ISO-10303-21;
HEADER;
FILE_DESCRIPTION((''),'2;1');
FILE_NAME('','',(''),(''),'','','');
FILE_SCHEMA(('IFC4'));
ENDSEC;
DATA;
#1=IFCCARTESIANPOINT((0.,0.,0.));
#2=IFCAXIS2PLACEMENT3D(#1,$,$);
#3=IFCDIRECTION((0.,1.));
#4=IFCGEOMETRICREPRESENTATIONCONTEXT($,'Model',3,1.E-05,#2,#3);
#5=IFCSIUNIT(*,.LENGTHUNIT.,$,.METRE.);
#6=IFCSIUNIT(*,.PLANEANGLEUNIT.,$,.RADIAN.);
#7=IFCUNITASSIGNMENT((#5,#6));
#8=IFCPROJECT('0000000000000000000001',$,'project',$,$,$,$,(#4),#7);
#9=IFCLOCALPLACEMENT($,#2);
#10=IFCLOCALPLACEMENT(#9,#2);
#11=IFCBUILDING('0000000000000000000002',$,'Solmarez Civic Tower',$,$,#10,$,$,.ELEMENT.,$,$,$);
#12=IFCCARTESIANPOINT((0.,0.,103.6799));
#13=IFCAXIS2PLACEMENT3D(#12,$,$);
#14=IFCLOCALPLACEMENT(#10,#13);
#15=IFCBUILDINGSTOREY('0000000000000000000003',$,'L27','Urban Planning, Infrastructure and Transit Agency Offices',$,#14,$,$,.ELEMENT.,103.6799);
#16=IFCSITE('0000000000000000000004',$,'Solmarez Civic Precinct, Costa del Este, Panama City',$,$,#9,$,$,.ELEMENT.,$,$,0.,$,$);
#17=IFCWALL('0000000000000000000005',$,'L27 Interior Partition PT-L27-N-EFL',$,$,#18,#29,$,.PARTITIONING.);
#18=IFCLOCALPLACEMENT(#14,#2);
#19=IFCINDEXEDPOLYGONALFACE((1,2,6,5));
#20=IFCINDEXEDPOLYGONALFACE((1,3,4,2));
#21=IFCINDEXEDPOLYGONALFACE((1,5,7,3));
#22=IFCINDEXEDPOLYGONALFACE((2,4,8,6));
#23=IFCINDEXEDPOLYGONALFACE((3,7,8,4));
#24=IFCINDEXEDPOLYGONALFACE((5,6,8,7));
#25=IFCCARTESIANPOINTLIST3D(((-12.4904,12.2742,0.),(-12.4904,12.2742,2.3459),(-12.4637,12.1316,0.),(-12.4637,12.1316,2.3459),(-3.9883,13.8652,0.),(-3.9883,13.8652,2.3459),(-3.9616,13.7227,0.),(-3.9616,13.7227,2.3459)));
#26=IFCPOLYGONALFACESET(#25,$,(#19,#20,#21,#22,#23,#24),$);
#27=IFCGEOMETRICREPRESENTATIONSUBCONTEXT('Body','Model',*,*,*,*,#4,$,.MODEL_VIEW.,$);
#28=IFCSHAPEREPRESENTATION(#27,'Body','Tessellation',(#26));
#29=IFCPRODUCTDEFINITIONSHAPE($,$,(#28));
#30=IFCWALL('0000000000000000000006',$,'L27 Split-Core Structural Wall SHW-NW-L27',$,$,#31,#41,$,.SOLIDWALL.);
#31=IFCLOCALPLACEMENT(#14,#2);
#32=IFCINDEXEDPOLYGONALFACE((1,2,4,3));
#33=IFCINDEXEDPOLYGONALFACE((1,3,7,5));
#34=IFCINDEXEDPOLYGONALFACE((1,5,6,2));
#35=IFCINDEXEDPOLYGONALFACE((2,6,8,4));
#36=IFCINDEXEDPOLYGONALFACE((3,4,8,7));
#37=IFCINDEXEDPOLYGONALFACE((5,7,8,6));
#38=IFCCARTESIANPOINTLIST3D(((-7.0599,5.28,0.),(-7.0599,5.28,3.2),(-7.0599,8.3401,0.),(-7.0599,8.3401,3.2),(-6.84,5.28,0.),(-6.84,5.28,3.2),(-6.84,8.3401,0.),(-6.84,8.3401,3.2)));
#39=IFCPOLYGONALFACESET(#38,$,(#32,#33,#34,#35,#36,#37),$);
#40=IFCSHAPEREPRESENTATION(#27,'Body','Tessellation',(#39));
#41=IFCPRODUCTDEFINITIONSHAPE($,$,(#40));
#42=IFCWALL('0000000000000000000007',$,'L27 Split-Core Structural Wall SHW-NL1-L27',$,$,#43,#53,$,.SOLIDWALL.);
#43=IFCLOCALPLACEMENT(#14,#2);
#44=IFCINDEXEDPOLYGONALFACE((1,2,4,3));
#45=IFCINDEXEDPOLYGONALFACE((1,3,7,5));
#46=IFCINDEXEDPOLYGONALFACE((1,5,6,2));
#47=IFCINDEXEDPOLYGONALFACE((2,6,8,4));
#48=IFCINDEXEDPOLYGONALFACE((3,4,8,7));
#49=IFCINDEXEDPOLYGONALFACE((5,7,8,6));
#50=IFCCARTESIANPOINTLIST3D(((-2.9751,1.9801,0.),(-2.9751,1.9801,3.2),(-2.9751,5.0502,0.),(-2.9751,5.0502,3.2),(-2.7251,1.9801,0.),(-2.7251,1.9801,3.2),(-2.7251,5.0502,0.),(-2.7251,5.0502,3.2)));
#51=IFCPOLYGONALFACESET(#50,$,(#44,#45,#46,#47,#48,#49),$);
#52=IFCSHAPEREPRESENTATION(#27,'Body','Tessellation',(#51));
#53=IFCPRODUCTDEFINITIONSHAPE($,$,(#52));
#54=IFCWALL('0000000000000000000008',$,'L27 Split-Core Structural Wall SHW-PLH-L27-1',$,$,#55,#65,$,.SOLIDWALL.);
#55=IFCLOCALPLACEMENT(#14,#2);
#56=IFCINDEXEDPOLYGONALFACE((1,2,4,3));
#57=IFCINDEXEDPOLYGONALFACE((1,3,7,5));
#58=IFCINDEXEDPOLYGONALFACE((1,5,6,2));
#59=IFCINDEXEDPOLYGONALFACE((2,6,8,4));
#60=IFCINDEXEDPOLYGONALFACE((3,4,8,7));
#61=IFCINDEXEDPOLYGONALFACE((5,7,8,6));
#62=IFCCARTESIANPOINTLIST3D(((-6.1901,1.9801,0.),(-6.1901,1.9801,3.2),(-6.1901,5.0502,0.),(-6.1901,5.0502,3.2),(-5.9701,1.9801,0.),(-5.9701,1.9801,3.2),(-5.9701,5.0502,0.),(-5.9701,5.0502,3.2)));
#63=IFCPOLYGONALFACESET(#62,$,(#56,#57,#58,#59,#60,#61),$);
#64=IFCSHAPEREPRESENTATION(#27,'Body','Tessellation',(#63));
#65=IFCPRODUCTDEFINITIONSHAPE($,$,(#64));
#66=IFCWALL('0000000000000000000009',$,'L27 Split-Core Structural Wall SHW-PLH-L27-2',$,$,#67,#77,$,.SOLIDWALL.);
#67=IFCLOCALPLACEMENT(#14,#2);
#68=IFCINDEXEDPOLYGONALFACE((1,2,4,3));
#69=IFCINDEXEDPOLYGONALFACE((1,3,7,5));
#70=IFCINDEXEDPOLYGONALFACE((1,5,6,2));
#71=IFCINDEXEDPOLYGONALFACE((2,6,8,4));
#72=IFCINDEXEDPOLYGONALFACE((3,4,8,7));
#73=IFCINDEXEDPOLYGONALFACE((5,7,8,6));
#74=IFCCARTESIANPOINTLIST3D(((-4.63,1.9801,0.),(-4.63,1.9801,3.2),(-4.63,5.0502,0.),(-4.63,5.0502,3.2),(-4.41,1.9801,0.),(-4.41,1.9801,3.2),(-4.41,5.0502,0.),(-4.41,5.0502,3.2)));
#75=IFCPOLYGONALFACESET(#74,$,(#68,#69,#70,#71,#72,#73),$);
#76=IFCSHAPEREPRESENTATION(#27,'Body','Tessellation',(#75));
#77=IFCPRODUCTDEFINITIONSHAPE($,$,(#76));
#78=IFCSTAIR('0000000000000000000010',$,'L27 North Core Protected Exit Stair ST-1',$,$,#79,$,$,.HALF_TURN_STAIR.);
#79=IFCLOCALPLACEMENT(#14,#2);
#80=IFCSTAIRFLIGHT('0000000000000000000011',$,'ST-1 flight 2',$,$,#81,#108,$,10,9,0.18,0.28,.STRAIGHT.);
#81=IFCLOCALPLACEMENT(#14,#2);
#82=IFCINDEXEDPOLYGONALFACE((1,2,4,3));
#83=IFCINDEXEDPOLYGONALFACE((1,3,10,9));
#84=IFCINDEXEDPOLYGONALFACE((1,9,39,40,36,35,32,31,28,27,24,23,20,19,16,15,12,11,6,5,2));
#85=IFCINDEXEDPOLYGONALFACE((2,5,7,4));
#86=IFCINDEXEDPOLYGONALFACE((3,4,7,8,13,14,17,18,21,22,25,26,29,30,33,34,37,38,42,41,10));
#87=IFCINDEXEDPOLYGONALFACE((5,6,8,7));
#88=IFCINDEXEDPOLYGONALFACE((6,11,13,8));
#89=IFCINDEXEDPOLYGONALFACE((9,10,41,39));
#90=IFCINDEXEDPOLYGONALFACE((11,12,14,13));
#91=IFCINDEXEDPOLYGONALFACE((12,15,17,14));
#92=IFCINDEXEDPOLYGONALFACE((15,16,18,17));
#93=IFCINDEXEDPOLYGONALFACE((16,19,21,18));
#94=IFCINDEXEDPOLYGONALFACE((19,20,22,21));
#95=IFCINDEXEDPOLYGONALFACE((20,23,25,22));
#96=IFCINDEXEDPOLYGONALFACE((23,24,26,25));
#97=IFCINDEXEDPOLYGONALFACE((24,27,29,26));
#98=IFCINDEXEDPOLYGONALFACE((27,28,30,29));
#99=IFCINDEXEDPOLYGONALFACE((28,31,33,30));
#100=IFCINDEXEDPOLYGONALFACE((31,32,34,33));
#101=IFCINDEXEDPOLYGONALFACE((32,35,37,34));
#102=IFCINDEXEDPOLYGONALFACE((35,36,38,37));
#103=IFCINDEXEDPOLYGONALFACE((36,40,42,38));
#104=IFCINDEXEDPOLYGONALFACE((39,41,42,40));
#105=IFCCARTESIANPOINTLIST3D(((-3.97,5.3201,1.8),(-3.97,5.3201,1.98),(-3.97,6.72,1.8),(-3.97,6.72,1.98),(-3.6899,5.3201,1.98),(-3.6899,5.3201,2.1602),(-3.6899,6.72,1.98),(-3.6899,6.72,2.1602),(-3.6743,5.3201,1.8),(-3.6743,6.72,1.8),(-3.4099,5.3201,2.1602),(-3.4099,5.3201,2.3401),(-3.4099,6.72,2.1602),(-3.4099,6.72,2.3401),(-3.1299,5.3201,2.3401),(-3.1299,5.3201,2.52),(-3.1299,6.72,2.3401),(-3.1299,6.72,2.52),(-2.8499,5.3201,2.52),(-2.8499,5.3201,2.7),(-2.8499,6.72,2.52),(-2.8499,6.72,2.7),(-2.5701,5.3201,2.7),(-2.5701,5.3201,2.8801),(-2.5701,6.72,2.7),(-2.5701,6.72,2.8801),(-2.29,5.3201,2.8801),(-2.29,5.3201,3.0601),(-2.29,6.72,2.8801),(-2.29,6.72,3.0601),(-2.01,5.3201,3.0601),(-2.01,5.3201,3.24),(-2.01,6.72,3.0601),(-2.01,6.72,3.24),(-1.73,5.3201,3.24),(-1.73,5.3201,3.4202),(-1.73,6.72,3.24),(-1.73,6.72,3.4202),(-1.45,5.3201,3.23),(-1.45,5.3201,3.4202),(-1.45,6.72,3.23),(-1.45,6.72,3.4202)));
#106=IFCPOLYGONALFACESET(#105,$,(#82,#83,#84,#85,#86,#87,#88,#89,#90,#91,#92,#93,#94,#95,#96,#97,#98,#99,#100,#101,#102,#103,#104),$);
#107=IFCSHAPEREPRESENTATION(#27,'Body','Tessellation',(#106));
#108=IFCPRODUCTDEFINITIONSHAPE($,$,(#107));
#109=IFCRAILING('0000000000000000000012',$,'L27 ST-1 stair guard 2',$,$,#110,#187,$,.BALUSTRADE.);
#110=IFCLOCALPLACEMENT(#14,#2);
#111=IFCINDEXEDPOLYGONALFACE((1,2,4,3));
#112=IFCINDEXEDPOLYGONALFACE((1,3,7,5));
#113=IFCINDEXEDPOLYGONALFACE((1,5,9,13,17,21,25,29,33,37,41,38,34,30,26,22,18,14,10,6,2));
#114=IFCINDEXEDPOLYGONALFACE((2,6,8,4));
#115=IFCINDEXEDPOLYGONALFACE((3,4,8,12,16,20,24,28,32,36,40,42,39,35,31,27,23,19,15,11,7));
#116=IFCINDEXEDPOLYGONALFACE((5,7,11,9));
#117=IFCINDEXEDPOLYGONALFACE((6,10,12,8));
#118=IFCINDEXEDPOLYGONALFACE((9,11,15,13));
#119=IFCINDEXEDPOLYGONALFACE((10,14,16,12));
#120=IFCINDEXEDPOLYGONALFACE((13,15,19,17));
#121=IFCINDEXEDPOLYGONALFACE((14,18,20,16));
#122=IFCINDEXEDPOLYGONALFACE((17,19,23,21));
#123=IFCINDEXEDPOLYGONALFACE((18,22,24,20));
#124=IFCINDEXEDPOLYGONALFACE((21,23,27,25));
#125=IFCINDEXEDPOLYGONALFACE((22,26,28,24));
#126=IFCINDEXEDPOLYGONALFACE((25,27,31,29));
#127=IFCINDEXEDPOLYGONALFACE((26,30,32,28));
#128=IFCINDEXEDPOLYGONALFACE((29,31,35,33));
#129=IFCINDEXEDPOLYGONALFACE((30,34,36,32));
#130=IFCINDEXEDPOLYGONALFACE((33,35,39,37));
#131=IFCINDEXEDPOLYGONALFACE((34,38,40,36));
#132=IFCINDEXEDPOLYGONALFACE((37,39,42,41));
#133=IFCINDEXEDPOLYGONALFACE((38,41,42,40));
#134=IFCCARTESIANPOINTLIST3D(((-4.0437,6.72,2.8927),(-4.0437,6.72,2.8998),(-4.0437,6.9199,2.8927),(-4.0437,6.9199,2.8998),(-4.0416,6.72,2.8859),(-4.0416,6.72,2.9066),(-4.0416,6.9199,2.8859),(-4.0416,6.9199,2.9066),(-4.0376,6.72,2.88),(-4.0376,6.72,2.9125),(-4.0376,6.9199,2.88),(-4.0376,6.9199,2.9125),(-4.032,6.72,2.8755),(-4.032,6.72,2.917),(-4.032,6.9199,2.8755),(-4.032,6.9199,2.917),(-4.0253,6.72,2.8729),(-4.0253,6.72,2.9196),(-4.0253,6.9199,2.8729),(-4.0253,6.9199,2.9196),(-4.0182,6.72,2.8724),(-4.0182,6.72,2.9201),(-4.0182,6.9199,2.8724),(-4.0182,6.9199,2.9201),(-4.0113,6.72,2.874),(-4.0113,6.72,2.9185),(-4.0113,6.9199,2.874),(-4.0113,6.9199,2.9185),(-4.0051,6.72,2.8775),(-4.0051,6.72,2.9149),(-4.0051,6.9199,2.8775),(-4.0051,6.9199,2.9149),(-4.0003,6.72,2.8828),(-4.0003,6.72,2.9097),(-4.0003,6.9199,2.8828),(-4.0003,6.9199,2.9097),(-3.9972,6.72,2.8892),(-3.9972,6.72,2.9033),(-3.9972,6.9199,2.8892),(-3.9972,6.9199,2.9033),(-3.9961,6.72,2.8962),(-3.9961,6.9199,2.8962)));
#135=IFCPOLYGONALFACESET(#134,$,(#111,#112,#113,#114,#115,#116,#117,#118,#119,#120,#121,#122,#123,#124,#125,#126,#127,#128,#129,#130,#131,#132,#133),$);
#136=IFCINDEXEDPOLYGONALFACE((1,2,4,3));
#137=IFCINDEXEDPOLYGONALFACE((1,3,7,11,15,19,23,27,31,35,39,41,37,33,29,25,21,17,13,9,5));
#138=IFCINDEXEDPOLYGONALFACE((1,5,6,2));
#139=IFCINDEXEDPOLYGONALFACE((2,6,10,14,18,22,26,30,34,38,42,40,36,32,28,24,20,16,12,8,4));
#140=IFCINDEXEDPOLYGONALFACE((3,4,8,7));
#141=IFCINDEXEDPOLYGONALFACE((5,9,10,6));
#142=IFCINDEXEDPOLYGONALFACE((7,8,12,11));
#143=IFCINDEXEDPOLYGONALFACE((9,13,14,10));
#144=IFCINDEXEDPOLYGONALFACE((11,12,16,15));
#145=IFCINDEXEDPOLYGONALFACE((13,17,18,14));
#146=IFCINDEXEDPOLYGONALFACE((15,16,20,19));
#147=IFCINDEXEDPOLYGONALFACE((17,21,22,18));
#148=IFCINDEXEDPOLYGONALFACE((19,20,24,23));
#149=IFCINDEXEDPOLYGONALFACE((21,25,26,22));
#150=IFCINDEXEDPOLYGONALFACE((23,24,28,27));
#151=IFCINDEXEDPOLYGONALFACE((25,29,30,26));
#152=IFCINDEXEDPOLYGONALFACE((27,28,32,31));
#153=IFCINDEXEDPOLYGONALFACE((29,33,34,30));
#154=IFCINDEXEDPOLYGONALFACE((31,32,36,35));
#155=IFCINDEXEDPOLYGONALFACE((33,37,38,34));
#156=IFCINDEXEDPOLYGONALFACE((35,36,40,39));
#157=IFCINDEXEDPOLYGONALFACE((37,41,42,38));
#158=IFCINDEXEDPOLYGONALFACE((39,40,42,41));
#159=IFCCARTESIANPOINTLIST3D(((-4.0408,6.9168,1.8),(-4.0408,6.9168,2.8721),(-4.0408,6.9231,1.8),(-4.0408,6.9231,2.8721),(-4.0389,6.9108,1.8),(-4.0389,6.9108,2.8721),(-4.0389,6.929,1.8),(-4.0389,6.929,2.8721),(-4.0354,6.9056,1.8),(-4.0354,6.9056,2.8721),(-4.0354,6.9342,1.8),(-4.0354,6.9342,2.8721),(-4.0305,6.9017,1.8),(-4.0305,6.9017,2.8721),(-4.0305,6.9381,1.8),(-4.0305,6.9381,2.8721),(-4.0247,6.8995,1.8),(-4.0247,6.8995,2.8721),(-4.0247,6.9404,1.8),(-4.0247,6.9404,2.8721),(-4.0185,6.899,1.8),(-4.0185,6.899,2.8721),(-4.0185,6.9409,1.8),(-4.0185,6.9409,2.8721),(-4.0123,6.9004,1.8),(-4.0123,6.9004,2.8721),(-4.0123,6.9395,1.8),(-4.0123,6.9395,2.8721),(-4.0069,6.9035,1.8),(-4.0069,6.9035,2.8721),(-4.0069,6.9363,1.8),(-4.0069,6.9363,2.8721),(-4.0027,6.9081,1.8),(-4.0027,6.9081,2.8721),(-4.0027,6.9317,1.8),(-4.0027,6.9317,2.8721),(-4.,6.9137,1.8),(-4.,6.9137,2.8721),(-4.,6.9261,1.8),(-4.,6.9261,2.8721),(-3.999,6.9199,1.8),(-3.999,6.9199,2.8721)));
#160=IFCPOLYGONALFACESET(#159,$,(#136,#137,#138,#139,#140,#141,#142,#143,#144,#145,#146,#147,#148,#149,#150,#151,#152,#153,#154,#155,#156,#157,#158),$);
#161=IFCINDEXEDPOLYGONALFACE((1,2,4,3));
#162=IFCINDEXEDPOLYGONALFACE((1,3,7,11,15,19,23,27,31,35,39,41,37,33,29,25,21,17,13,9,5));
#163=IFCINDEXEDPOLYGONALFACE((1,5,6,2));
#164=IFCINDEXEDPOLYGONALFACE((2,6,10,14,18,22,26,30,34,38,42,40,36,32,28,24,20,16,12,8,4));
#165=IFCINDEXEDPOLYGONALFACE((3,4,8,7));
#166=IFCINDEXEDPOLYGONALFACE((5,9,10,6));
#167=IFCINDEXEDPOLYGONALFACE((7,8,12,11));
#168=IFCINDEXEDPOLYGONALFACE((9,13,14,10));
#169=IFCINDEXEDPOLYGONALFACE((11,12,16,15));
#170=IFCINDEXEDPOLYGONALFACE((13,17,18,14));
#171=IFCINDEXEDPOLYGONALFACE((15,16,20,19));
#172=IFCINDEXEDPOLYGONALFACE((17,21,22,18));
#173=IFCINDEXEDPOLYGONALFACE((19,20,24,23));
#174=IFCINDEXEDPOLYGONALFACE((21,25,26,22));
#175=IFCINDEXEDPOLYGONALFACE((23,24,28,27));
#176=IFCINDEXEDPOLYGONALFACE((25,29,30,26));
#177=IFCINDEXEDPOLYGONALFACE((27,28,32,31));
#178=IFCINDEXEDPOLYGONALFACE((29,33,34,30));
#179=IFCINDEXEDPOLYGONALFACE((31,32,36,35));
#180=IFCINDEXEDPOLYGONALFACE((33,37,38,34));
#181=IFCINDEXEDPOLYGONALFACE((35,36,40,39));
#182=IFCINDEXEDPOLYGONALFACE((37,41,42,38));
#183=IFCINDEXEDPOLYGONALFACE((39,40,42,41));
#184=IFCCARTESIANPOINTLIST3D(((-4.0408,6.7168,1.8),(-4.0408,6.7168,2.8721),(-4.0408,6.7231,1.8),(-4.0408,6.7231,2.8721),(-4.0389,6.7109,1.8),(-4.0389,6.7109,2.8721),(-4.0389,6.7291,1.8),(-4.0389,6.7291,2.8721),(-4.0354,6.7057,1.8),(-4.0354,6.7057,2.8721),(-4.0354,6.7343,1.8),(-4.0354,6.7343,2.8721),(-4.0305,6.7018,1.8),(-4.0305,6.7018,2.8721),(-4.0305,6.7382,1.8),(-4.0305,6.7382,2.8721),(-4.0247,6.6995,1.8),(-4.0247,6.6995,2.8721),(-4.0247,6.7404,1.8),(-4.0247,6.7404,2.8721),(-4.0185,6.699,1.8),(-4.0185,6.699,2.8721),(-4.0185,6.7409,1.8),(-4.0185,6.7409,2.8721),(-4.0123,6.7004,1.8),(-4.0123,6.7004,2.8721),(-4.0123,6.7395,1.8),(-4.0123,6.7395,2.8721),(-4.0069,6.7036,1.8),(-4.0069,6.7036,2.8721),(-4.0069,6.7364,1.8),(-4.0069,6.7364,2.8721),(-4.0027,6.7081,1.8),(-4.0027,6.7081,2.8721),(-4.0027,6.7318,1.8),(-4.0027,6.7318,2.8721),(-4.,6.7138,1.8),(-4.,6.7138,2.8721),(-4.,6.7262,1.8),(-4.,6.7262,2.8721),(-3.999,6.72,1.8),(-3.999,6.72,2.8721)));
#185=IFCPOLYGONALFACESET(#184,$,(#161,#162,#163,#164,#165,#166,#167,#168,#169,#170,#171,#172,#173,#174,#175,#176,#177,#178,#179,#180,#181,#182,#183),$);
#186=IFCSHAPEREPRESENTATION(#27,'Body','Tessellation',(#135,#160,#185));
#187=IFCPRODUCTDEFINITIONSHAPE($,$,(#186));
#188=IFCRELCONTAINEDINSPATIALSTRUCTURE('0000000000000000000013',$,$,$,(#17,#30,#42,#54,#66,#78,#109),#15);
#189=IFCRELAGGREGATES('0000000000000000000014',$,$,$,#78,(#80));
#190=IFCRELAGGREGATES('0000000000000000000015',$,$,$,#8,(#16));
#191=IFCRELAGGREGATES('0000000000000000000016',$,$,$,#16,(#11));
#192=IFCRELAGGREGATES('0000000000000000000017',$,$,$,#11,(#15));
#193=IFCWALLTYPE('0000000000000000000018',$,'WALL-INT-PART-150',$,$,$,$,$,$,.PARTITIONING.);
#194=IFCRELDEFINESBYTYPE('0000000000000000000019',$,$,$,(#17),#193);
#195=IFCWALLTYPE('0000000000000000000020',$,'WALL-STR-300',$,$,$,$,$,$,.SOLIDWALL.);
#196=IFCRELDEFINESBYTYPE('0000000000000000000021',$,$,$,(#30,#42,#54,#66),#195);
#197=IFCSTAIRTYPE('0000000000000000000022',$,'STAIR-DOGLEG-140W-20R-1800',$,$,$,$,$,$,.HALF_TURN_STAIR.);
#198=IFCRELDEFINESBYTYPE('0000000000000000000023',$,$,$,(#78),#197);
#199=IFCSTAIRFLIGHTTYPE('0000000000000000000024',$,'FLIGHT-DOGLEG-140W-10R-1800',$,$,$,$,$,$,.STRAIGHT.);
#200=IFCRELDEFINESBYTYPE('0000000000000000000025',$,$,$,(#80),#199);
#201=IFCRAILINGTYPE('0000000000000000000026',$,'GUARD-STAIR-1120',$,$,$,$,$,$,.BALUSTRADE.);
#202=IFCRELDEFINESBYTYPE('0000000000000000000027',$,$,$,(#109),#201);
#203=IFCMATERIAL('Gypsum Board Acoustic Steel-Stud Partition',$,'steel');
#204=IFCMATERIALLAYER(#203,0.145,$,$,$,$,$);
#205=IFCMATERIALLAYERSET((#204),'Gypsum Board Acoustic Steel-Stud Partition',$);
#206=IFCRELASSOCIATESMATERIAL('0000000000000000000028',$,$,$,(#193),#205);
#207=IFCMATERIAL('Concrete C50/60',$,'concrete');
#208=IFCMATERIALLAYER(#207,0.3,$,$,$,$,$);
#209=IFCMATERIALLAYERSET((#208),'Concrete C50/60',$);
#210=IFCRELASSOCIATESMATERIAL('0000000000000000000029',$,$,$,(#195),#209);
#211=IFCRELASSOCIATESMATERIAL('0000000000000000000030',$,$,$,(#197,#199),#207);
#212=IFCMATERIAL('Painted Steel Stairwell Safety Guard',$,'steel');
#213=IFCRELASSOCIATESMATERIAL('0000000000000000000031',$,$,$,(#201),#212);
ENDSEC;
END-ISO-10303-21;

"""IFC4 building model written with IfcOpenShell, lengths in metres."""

from ifc_helpers import new_model, si_unit, direction, frame, frame_2d, origin, origin_2d, place, context, subcontext, project, spatial, polyline, rectangle, circle, outline, extrude, material, layer, layer_set, type_object, element, aggregate, save


model = new_model("IFC4")

# Units and contexts
model_context = context("Model", 3, precision=1e-05, world=origin(), true_north=direction((0.0, 1.0)))
body_context = subcontext(model_context, "Body", "Model", "MODEL_VIEW")
ifc_project = project(units=[si_unit("LENGTHUNIT", "METRE"), si_unit("PLANEANGLEUNIT", "RADIAN")], contexts=[model_context])

# Site, building, storey
site_placement = place(None, origin())
site = spatial("IfcSite", under=ifc_project, at=site_placement, Name="Solmarez Civic Precinct, Costa del Este, Panama City", CompositionType="ELEMENT", RefElevation=0.0)
building_placement = place(site_placement, origin())
building = spatial("IfcBuilding", under=site, at=building_placement, Name="Solmarez Civic Tower", CompositionType="ELEMENT")
storey_placement = place(building_placement, frame((0.0, 0.0, 103.6799)))
storey = spatial("IfcBuildingStorey", under=building, at=storey_placement, Name="L27", Description="Urban Planning, Infrastructure and Transit Agency Offices", CompositionType="ELEMENT", Elevation=103.6799)

# Walls
ifc_material_1 = material(Name="Gypsum Board Acoustic Steel-Stud Partition", Category="steel")
ifc_layer_1 = layer(ifc_material_1, 0.145)
ifc_layer_set_1 = layer_set([ifc_layer_1], Name="Gypsum Board Acoustic Steel-Stud Partition")
wall_type_1 = type_object("IfcWallType", Name="WALL-INT-PART-150", PredefinedType="PARTITIONING", material=ifc_layer_set_1)
wall_1_placement = place(storey_placement, frame((-3.9751, 13.7939, 0.0), z_axis=(0.0, 0.0, 1.0), x_axis=(-0.982936, -0.183948, 0.0)))
element("IfcWall", 1, at=wall_1_placement, inside=storey, type_object=wall_type_1, Name="L27 Interior Partition PT-L27-N-EFL", PredefinedType="PARTITIONING", context=body_context, shape_type="SweptSolid", body=[
    extrude(rectangle(XDim=8.6497, YDim=0.145, at=frame_2d((4.3247, 0.0))), origin(), (0.0, 0.0, 1.0), 2.3459),
])
ifc_material_2 = material(Name="Concrete C50/60", Category="concrete")
ifc_layer_2 = layer(ifc_material_2, 0.3)
ifc_layer_set_2 = layer_set([ifc_layer_2], Name="Concrete C50/60")
wall_type_2 = type_object("IfcWallType", Name="WALL-STR-300", PredefinedType="SOLIDWALL", material=ifc_layer_set_2)
wall_2_placement = place(storey_placement, frame((-6.95, 5.28, 0.0), z_axis=(0.0, 0.0, 1.0), x_axis=(0.0, 1.0, 0.0)))
element("IfcWall", 2, at=wall_2_placement, inside=storey, type_object=wall_type_2, Name="L27 Split-Core Structural Wall SHW-NW-L27", PredefinedType="SOLIDWALL", context=body_context, shape_type="SweptSolid", body=[
    extrude(rectangle(XDim=3.0601, YDim=0.22, at=frame_2d((1.53, 0.0))), origin(), (0.0, 0.0, 1.0), 3.2),
])
wall_3_placement = place(storey_placement, frame((-2.8501, 1.98, 0.0), z_axis=(0.0, 0.0, 1.0), x_axis=(0.0, 1.0, 0.0)))
element("IfcWall", 3, at=wall_3_placement, inside=storey, type_object=wall_type_2, Name="L27 Split-Core Structural Wall SHW-NL1-L27", PredefinedType="SOLIDWALL", context=body_context, shape_type="SweptSolid", body=[
    extrude(rectangle(XDim=3.0701, YDim=0.25, at=frame_2d((1.5352, 0.0))), origin(), (0.0, 0.0, 1.0), 3.2),
])
for number, where, z_axis, x_axis, name in (
    (4, (-6.0801, 1.98, 0.0), (0.0, 0.0, 1.0), (0.0, 1.0, 0.0), "L27 Split-Core Structural Wall SHW-PLH-L27-1"),
    (5, (-4.52, 1.98, 0.0), (0.0, 0.0, 1.0), (0.0, 1.0, 0.0), "L27 Split-Core Structural Wall SHW-PLH-L27-2"),
):
    element("IfcWall", number, at=place(storey_placement, frame(where, z_axis=z_axis, x_axis=x_axis)), inside=storey, type_object=wall_type_2, Name=name, PredefinedType="SOLIDWALL", context=body_context, shape_type="SweptSolid", body=[
        extrude(rectangle(XDim=3.0701, YDim=0.22, at=frame_2d((1.5352, 0.0))), origin(), (0.0, 0.0, 1.0), 3.2),
    ])

# Stair, stair flight
stair_type = type_object("IfcStairType", Name="STAIR-DOGLEG-140W-20R-1800", PredefinedType="HALF_TURN_STAIR", material=ifc_material_2)
stair_placement = place(storey_placement, origin())
stair = element("IfcStair", 6, at=stair_placement, inside=storey, type_object=stair_type, Name="L27 North Core Protected Exit Stair ST-1", PredefinedType="HALF_TURN_STAIR")
stair_flight_type = type_object("IfcStairFlightType", Name="FLIGHT-DOGLEG-140W-10R-1800", PredefinedType="STRAIGHT", material=ifc_material_2)
stair_flight_placement = place(storey_placement, frame((-3.97, 6.02, 1.8), z_axis=(0.0, 0.0, 1.0), x_axis=(1.0, 0.0, 0.0)))
stair_flight = element("IfcStairFlight", 7, at=stair_flight_placement, type_object=stair_flight_type, Name="ST-1 flight 2", NumberOfRisers=10, NumberOfTreads=9, PredefinedType="STRAIGHT", RiserHeight=0.18, TreadLength=0.28, context=body_context, shape_type="SweptSolid", body=[
    extrude(outline(polyline([(0.0, 0.0), (0.0, 0.1799), (0.28, 0.1799), (0.28, 0.3601), (0.5601, 0.3601), (0.5601, 0.54), (0.8401, 0.54), (0.8401, 0.72), (1.1201, 0.72), (1.1201, 0.8999), (1.3999, 0.8999), (1.3999, 1.0801), (1.6799, 1.0801), (1.6799, 1.26), (1.96, 1.26), (1.96, 1.4399), (2.24, 1.4399), (2.24, 1.6201), (2.52, 1.6201), (2.52, 1.8), (2.52, 1.4299), (0.2957, 0.0), (0.0, 0.0)])), frame((0.0, 0.7, 0.0), z_axis=(0.0, -1.0, 0.0), x_axis=(1.0, 0.0, 0.0)), (0.0, 0.0, 1.0), 1.3999),
])
aggregate(stair, [stair_flight])

# Railing
ifc_material_3 = material(Name="Painted Steel Stairwell Safety Guard", Category="steel")
railing_type_1 = type_object("IfcRailingType", Name="GUARD-STAIR-1120", PredefinedType="BALUSTRADE", material=ifc_material_3)
railing_1_placement = place(storey_placement, frame((-4.02, 6.9199, 1.8)))
element("IfcRailing", 8, at=railing_1_placement, inside=storey, type_object=railing_type_1, Name="L27 ST-1 stair guard 2", PredefinedType="BALUSTRADE", context=body_context, shape_type="SweptSolid", body=[
    extrude(circle(Radius=0.0239, at=origin_2d()), frame((0.0, 0.0, 1.0962), z_axis=(0.0, -1.0, 0.0), x_axis=(1.0, 0.0, 0.0)), (0.0, 0.0, 1.0), 0.2),
    extrude(circle(Radius=0.021, at=origin_2d()), origin(), (0.0, 0.0, 1.0), 1.072),
    extrude(circle(Radius=0.021, at=origin_2d()), frame((0.0, -0.2, 0.0)), (0.0, 0.0, 1.0), 1.072),
])

save(model, "model.ifc")
